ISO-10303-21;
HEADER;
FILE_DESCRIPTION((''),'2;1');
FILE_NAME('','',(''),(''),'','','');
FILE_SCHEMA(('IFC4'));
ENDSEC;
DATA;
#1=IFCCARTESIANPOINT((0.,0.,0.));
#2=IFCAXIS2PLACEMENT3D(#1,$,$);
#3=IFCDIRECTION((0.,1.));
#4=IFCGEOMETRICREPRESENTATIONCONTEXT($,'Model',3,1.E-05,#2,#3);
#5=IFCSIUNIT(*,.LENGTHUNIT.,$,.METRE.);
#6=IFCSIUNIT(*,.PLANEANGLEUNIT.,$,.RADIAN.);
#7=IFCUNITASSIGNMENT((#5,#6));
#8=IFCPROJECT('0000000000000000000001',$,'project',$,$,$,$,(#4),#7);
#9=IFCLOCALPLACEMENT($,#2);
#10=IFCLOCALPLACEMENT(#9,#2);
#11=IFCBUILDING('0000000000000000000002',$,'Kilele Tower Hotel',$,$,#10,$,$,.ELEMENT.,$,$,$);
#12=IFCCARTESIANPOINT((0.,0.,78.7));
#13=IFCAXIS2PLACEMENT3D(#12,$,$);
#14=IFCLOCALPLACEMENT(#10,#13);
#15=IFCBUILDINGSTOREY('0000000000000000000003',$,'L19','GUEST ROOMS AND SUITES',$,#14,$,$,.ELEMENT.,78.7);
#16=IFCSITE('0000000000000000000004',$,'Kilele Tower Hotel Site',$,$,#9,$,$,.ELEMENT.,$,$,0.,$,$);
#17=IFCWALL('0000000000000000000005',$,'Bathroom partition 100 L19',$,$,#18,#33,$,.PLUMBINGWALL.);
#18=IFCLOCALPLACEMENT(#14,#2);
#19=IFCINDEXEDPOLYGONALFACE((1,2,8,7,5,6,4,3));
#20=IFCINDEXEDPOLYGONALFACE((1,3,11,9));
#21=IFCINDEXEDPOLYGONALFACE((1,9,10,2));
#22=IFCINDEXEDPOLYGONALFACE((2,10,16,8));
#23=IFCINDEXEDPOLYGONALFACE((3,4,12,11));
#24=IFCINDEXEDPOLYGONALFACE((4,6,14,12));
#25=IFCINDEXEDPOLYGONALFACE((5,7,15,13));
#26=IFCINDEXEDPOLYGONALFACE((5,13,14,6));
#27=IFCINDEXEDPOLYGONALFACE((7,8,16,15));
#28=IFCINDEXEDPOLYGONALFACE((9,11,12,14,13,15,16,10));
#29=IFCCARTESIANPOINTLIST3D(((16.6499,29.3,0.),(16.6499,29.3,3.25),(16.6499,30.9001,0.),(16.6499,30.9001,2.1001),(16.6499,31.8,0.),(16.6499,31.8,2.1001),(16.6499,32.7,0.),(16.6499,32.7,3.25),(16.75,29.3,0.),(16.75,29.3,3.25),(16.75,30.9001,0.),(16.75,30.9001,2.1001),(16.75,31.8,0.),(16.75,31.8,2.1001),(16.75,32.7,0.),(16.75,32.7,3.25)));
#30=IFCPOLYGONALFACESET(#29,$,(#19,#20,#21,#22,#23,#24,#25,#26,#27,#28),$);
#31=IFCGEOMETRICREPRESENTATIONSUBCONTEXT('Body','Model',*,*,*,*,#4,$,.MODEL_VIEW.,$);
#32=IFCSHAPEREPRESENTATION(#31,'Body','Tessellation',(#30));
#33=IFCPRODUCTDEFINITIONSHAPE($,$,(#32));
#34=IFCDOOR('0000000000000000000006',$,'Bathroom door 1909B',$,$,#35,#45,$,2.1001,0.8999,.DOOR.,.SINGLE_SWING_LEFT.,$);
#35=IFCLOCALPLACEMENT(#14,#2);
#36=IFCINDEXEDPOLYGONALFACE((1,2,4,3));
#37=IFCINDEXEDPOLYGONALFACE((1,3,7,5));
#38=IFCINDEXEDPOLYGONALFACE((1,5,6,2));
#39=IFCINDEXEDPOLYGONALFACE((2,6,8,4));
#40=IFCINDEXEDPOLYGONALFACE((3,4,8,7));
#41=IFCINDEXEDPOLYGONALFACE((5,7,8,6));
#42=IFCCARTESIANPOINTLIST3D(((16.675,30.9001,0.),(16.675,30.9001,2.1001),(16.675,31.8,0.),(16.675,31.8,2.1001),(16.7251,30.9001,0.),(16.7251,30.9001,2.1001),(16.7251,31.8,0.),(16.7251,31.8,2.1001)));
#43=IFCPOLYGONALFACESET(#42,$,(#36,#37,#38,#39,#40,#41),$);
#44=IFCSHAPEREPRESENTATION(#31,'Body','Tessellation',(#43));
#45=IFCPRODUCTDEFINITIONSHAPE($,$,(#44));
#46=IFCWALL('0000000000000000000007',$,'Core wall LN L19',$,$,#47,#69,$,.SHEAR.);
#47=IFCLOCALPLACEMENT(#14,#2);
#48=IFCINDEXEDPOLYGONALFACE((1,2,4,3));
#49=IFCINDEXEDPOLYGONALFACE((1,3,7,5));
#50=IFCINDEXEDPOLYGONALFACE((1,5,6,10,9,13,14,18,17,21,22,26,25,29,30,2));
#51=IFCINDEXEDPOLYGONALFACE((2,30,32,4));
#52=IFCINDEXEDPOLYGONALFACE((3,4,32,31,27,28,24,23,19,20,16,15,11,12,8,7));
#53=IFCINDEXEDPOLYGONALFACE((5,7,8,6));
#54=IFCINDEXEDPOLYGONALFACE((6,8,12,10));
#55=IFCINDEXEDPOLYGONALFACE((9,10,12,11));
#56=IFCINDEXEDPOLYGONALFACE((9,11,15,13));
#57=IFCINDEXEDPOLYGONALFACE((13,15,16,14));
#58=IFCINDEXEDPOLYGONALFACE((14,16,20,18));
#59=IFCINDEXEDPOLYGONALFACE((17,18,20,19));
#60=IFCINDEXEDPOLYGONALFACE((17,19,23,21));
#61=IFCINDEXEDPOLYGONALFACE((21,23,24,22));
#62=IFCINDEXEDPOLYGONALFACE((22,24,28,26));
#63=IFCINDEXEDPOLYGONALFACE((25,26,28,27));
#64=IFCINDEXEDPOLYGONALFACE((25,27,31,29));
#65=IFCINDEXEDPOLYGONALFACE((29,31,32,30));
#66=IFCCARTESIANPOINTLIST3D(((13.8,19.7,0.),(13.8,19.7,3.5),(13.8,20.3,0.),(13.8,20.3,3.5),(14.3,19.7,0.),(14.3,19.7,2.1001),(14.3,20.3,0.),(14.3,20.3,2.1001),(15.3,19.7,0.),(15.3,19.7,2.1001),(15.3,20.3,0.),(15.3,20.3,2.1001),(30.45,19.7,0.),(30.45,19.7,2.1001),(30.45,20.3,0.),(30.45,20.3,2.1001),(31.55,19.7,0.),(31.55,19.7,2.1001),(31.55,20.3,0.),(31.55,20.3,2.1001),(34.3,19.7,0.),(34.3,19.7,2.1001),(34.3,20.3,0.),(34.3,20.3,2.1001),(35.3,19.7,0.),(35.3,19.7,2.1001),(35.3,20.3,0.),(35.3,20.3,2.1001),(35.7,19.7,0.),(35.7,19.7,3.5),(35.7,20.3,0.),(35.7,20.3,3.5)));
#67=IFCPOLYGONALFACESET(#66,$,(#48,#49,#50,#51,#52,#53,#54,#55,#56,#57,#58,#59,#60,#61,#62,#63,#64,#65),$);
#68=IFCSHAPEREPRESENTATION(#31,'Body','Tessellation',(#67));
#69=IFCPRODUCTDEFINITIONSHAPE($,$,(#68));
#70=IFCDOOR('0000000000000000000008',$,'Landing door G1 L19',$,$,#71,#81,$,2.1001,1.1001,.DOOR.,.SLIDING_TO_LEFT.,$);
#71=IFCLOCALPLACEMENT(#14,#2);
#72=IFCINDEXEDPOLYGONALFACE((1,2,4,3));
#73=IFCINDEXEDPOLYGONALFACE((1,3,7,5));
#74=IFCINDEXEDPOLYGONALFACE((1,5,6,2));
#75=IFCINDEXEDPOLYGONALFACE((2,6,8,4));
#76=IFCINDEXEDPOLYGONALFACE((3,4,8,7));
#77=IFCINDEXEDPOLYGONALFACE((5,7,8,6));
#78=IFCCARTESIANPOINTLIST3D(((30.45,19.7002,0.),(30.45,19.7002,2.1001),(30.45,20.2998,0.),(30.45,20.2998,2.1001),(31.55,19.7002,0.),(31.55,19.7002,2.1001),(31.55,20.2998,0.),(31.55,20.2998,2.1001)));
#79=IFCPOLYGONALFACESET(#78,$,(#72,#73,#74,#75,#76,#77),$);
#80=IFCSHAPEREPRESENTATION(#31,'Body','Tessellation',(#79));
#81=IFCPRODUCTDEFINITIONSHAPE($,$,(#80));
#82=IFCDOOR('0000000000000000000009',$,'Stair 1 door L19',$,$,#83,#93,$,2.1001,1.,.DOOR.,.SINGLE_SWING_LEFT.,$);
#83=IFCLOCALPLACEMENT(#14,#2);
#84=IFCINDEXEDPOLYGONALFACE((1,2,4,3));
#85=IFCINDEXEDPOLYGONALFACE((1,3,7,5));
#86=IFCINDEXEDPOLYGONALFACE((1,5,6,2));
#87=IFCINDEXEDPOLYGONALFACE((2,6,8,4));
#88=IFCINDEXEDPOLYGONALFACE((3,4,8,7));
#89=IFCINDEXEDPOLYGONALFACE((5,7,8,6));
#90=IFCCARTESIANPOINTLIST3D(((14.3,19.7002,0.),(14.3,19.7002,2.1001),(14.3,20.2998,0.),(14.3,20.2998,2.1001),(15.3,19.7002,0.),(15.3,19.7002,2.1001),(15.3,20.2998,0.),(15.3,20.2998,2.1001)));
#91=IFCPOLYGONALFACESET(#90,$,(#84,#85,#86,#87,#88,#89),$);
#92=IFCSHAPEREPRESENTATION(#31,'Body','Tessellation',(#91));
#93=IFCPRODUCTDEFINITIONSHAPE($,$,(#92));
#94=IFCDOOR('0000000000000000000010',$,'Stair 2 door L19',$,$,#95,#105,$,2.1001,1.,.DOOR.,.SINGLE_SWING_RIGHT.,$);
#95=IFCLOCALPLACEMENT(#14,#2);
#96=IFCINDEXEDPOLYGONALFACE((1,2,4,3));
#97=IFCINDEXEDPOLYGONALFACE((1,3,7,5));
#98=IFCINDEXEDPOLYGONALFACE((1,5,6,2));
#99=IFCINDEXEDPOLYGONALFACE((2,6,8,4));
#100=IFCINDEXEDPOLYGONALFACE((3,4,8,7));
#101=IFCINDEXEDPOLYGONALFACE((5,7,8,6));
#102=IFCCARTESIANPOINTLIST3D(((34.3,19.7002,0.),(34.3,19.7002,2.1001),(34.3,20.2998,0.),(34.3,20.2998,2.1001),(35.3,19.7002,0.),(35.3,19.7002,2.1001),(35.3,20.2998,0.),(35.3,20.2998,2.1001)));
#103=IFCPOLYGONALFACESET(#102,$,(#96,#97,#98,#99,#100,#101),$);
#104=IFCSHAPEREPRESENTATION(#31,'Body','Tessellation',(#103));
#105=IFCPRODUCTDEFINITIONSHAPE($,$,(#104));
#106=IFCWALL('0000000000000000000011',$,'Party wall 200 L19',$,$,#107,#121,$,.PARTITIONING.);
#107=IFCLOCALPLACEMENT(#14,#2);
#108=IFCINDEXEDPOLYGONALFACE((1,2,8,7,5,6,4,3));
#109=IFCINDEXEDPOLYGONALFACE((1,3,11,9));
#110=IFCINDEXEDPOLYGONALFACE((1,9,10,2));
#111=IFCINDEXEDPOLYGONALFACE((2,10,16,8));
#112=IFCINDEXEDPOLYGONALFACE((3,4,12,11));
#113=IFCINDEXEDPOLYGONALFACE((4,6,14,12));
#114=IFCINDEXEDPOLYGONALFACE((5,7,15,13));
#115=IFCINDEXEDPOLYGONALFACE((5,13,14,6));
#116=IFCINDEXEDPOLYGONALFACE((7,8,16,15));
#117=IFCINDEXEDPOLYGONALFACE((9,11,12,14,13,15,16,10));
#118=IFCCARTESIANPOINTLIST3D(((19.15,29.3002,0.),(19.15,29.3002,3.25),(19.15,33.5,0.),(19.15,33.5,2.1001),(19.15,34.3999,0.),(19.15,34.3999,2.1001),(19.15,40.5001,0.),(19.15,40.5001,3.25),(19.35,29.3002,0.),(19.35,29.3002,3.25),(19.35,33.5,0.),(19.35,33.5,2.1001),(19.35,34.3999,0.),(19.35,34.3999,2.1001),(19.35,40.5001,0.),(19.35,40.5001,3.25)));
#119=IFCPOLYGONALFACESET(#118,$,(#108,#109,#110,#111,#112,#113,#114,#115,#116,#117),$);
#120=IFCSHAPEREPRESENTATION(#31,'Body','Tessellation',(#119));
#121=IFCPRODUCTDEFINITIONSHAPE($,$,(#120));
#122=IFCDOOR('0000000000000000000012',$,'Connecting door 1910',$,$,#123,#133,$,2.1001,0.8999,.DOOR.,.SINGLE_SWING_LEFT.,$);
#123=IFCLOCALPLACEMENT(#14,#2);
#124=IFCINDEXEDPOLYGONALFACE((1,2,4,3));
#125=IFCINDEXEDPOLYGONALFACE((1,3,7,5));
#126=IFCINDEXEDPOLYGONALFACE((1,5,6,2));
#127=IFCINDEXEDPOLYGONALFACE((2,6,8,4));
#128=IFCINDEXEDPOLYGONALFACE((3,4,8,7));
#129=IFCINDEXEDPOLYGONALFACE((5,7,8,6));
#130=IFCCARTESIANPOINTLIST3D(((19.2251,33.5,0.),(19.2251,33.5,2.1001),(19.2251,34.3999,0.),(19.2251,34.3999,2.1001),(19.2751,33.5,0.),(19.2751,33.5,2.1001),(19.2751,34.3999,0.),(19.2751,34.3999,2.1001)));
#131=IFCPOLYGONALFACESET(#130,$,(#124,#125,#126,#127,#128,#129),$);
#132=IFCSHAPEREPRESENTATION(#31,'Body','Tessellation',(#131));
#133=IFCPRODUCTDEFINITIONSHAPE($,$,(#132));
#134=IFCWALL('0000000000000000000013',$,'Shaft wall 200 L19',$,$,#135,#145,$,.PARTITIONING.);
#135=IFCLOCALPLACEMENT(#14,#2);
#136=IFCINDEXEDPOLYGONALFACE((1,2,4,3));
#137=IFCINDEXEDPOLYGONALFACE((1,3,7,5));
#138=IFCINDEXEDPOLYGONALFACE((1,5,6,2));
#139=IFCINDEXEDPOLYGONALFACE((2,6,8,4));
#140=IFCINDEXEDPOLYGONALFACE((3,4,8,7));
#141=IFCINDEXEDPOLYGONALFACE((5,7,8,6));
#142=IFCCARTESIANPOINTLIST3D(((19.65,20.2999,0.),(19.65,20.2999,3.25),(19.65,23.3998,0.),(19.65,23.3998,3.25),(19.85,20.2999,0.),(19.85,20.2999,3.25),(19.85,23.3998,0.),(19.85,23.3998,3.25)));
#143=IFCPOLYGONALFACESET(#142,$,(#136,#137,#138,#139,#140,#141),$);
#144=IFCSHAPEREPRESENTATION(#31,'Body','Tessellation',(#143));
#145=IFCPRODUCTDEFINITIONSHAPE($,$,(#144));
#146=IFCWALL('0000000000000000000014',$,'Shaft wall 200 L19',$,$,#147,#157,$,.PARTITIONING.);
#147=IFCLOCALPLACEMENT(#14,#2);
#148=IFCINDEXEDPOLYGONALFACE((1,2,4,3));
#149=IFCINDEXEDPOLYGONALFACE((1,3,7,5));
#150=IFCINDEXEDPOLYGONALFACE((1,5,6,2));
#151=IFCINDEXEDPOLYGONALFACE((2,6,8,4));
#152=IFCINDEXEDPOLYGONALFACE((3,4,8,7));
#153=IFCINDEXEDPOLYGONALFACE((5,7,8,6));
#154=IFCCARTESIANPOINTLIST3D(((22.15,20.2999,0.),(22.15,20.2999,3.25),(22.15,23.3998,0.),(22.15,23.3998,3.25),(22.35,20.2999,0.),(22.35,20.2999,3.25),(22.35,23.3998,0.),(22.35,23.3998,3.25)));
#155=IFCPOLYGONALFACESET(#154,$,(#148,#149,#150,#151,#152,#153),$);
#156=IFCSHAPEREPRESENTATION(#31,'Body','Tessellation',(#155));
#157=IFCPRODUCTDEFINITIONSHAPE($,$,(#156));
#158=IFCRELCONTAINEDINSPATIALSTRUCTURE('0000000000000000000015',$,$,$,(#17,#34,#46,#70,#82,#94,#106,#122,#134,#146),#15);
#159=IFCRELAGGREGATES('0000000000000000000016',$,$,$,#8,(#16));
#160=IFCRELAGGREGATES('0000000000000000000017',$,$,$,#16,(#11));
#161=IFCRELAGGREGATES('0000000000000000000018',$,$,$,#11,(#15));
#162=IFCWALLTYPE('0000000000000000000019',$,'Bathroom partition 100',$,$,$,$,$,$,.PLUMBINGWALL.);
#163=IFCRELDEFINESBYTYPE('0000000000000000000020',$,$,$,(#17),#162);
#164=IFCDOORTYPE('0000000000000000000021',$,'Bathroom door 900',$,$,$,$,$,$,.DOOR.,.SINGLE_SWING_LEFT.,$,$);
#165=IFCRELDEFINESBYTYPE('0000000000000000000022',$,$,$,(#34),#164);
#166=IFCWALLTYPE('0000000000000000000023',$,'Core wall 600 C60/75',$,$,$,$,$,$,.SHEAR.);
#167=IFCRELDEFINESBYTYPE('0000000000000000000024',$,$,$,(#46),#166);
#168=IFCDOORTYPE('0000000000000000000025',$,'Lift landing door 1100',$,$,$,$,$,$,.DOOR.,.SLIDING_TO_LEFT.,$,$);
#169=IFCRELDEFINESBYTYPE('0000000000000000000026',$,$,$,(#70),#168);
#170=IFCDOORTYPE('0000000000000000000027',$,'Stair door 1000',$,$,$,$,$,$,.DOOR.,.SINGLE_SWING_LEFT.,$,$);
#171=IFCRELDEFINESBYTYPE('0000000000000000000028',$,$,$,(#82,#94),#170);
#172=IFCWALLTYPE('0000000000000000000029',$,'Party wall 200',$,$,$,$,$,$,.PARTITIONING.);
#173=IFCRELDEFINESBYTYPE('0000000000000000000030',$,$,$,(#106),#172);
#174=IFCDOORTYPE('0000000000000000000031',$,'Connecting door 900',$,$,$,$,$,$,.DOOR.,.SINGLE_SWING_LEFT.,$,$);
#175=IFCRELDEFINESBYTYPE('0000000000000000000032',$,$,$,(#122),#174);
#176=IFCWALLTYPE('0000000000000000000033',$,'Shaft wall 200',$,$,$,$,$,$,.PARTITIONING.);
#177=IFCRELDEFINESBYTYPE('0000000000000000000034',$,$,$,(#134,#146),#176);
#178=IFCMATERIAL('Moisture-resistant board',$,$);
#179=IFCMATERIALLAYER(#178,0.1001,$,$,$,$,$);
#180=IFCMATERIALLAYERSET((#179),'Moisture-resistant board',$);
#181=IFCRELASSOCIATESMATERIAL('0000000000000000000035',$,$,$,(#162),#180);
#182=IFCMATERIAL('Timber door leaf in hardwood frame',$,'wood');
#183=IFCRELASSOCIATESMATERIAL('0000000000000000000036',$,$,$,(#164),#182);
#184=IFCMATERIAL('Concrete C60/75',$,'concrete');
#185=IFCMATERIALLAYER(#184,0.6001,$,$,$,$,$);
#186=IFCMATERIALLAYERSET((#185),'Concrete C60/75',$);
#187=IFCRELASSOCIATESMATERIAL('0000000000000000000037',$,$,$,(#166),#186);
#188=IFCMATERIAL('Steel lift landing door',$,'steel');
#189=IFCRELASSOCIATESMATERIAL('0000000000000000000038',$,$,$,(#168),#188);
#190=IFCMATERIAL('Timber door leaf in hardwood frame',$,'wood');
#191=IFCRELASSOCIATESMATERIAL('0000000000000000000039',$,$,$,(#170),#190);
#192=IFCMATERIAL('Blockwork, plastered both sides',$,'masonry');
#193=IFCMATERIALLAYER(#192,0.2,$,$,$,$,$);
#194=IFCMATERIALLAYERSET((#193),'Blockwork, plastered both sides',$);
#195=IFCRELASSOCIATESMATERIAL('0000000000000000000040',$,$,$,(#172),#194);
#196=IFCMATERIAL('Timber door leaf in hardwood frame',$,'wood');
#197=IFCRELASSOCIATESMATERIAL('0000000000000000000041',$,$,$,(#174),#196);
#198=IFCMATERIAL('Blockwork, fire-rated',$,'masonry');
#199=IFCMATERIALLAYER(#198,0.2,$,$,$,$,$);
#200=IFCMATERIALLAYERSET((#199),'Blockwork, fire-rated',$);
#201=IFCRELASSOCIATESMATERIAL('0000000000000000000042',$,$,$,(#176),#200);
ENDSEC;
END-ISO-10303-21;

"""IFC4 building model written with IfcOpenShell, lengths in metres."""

from ifc_helpers import new_model, si_unit, direction, frame, frame_2d, origin, place, context, subcontext, project, spatial, rectangle, extrude, material, layer, layer_set, type_object, element, fill, save


model = new_model("IFC4")

# Units and contexts
model_context = context("Model", 3, precision=1e-05, world=origin(), true_north=direction((0.0, 1.0)))
body_context = subcontext(model_context, "Body", "Model", "MODEL_VIEW")
ifc_project = project(units=[si_unit("LENGTHUNIT", "METRE"), si_unit("PLANEANGLEUNIT", "RADIAN")], contexts=[model_context])

# Site, building, storey
site_placement = place(None, origin())
site = spatial("IfcSite", under=ifc_project, at=site_placement, Name="Kilele Tower Hotel Site", CompositionType="ELEMENT", RefElevation=0.0)
building_placement = place(site_placement, origin())
building = spatial("IfcBuilding", under=site, at=building_placement, Name="Kilele Tower Hotel", CompositionType="ELEMENT")
storey_placement = place(building_placement, frame((0.0, 0.0, 78.7)))
storey = spatial("IfcBuildingStorey", under=building, at=storey_placement, Name="L19", Description="GUEST ROOMS AND SUITES", CompositionType="ELEMENT", Elevation=78.7)

# Wall, opening, door
ifc_material_1 = material(Name="Moisture-resistant board")
ifc_layer_1 = layer(ifc_material_1, 0.1001)
ifc_layer_set_1 = layer_set([ifc_layer_1], Name="Moisture-resistant board")
wall_type_1 = type_object("IfcWallType", Name="Bathroom partition 100", PredefinedType="PLUMBINGWALL", material=ifc_layer_set_1)
wall_1_placement = place(storey_placement, frame((16.7, 29.3, 0.0), z_axis=(0.0, 0.0, 1.0), x_axis=(0.0, 1.0, 0.0)))
wall_1 = element("IfcWall", 1, at=wall_1_placement, inside=storey, type_object=wall_type_1, Name="Bathroom partition 100 L19", PredefinedType="PLUMBINGWALL", context=body_context, shape_type="SweptSolid", body=[
    extrude(rectangle(XDim=3.3999, YDim=0.1001, at=frame_2d((1.7, 0.0))), origin(), (0.0, 0.0, 1.0), 3.25),
])
opening_1_placement = place(wall_1_placement, frame((1.6001, 0.0, 0.0)))
opening_1 = element("IfcOpeningElement", 2, at=opening_1_placement, cuts=wall_1, PredefinedType="OPENING", context=body_context, shape_type="SweptSolid", body=[
    extrude(rectangle(XDim=0.8999, YDim=2.1001, at=frame_2d((0.45, 1.05))), frame((0.0, 0.0601, 0.0), z_axis=(0.0, -1.0, 0.0), x_axis=(1.0, 0.0, 0.0)), (0.0, 0.0, 1.0), 0.1201),
])
ifc_material_2 = material(Name="Timber door leaf in hardwood frame", Category="wood")
door_type_1 = type_object("IfcDoorType", Name="Bathroom door 900", OperationType="SINGLE_SWING_LEFT", PredefinedType="DOOR", material=ifc_material_2)
door_1_placement = place(opening_1_placement, origin())
door_1 = element("IfcDoor", 3, at=door_1_placement, inside=storey, type_object=door_type_1, Name="Bathroom door 1909B", OperationType="SINGLE_SWING_LEFT", OverallHeight=2.1001, OverallWidth=0.8999, PredefinedType="DOOR", context=body_context, shape_type="SweptSolid", body=[
    extrude(rectangle(XDim=0.8999, YDim=2.1001, at=frame_2d((0.45, 1.05))), frame((0.0, 0.0249, 0.0), z_axis=(0.0, -1.0, 0.0), x_axis=(1.0, 0.0, 0.0)), (0.0, 0.0, 1.0), 0.05),
])
fill(opening_1, door_1)

# Wall, openings, doors
ifc_material_3 = material(Name="Concrete C60/75", Category="concrete")
ifc_layer_2 = layer(ifc_material_3, 0.6001)
ifc_layer_set_2 = layer_set([ifc_layer_2], Name="Concrete C60/75")
wall_type_2 = type_object("IfcWallType", Name="Core wall 600 C60/75", PredefinedType="SHEAR", material=ifc_layer_set_2)
wall_2_placement = place(storey_placement, frame((13.8, 20.0, 0.0), z_axis=(0.0, 0.0, 1.0), x_axis=(1.0, 0.0, 0.0)))
wall_2 = element("IfcWall", 4, at=wall_2_placement, inside=storey, type_object=wall_type_2, Name="Core wall LN L19", PredefinedType="SHEAR", context=body_context, shape_type="SweptSolid", body=[
    extrude(rectangle(XDim=21.8999, YDim=0.6001, at=frame_2d((10.95, 0.0))), origin(), (0.0, 0.0, 1.0), 3.5),
])
opening_2_placement = place(wall_2_placement, frame((0.5, 0.0, 0.0)))
opening_2 = element("IfcOpeningElement", 5, at=opening_2_placement, cuts=wall_2, PredefinedType="OPENING", context=body_context, shape_type="SweptSolid", body=[
    extrude(rectangle(XDim=1.0, YDim=2.1001, at=frame_2d((0.5, 1.05))), frame((0.0, 0.3101, 0.0), z_axis=(0.0, -1.0, 0.0), x_axis=(1.0, 0.0, 0.0)), (0.0, 0.0, 1.0), 0.6201),
])
opening_3_placement = place(wall_2_placement, frame((20.5, 0.0, 0.0)))
opening_3 = element("IfcOpeningElement", 6, at=opening_3_placement, cuts=wall_2, PredefinedType="OPENING", context=body_context, shape_type="SweptSolid", body=[
    extrude(rectangle(XDim=1.0, YDim=2.1001, at=frame_2d((0.5, 1.05))), frame((0.0, 0.3101, 0.0), z_axis=(0.0, -1.0, 0.0), x_axis=(1.0, 0.0, 0.0)), (0.0, 0.0, 1.0), 0.6201),
])
opening_4_placement = place(wall_2_placement, frame((16.6499, 0.0, 0.0)))
opening_4 = element("IfcOpeningElement", 7, at=opening_4_placement, cuts=wall_2, PredefinedType="OPENING", context=body_context, shape_type="SweptSolid", body=[
    extrude(rectangle(XDim=1.1001, YDim=2.1001, at=frame_2d((0.55, 1.05))), frame((0.0, 0.3101, 0.0), z_axis=(0.0, -1.0, 0.0), x_axis=(1.0, 0.0, 0.0)), (0.0, 0.0, 1.0), 0.6201),
])
ifc_material_4 = material(Name="Steel lift landing door", Category="steel")
door_type_2 = type_object("IfcDoorType", Name="Lift landing door 1100", OperationType="SLIDING_TO_LEFT", PredefinedType="DOOR", material=ifc_material_4)
door_2_placement = place(opening_4_placement, origin())
door_2 = element("IfcDoor", 8, at=door_2_placement, inside=storey, type_object=door_type_2, Name="Landing door G1 L19", OperationType="SLIDING_TO_LEFT", OverallHeight=2.1001, OverallWidth=1.1001, PredefinedType="DOOR", context=body_context, shape_type="SweptSolid", body=[
    extrude(rectangle(XDim=1.1001, YDim=2.1001, at=frame_2d((0.55, 1.05))), frame((0.0, 0.2998, 0.0), z_axis=(0.0, -1.0, 0.0), x_axis=(1.0, 0.0, 0.0)), (0.0, 0.0, 1.0), 0.5996),
])
fill(opening_4, door_2)
ifc_material_5 = material(Name="Timber door leaf in hardwood frame", Category="wood")
door_type_3 = type_object("IfcDoorType", Name="Stair door 1000", OperationType="SINGLE_SWING_LEFT", PredefinedType="DOOR", material=ifc_material_5)
door_3_placement = place(opening_2_placement, origin())
door_3 = element("IfcDoor", 9, at=door_3_placement, inside=storey, type_object=door_type_3, Name="Stair 1 door L19", OperationType="SINGLE_SWING_LEFT", OverallHeight=2.1001, OverallWidth=1.0, PredefinedType="DOOR", context=body_context, shape_type="SweptSolid", body=[
    extrude(rectangle(XDim=1.0, YDim=2.1001, at=frame_2d((0.5, 1.05))), frame((0.0, 0.2998, 0.0), z_axis=(0.0, -1.0, 0.0), x_axis=(1.0, 0.0, 0.0)), (0.0, 0.0, 1.0), 0.5996),
])
fill(opening_2, door_3)
door_4_placement = place(opening_3_placement, origin())
door_4 = element("IfcDoor", 10, at=door_4_placement, inside=storey, type_object=door_type_3, Name="Stair 2 door L19", OperationType="SINGLE_SWING_RIGHT", OverallHeight=2.1001, OverallWidth=1.0, PredefinedType="DOOR", context=body_context, shape_type="SweptSolid", body=[
    extrude(rectangle(XDim=1.0, YDim=2.1001, at=frame_2d((0.5, 1.05))), frame((0.0, 0.2998, 0.0), z_axis=(0.0, -1.0, 0.0), x_axis=(1.0, 0.0, 0.0)), (0.0, 0.0, 1.0), 0.5996),
])
fill(opening_3, door_4)

# Wall, opening, door
ifc_material_6 = material(Name="Blockwork, plastered both sides", Category="masonry")
ifc_layer_3 = layer(ifc_material_6, 0.2)
ifc_layer_set_3 = layer_set([ifc_layer_3], Name="Blockwork, plastered both sides")
wall_type_3 = type_object("IfcWallType", Name="Party wall 200", PredefinedType="PARTITIONING", material=ifc_layer_set_3)
wall_3_placement = place(storey_placement, frame((19.25, 29.3, 0.0), z_axis=(0.0, 0.0, 1.0), x_axis=(0.0, 1.0, 0.0)))
wall_3 = element("IfcWall", 11, at=wall_3_placement, inside=storey, type_object=wall_type_3, Name="Party wall 200 L19", PredefinedType="PARTITIONING", context=body_context, shape_type="SweptSolid", body=[
    extrude(rectangle(XDim=11.2, YDim=0.2, at=frame_2d((5.6001, 0.0))), origin(), (0.0, 0.0, 1.0), 3.25),
])
opening_5_placement = place(wall_3_placement, frame((4.2, 0.0, 0.0)))
opening_5 = element("IfcOpeningElement", 12, at=opening_5_placement, cuts=wall_3, PredefinedType="OPENING", context=body_context, shape_type="SweptSolid", body=[
    extrude(rectangle(XDim=0.8999, YDim=2.1001, at=frame_2d((0.45, 1.05))), frame((0.0, 0.1099, 0.0), z_axis=(0.0, -1.0, 0.0), x_axis=(1.0, 0.0, 0.0)), (0.0, 0.0, 1.0), 0.22),
])
ifc_material_7 = material(Name="Timber door leaf in hardwood frame", Category="wood")
door_type_4 = type_object("IfcDoorType", Name="Connecting door 900", OperationType="SINGLE_SWING_LEFT", PredefinedType="DOOR", material=ifc_material_7)
door_5_placement = place(opening_5_placement, origin())
door_5 = element("IfcDoor", 13, at=door_5_placement, inside=storey, type_object=door_type_4, Name="Connecting door 1910", OperationType="SINGLE_SWING_LEFT", OverallHeight=2.1001, OverallWidth=0.8999, PredefinedType="DOOR", context=body_context, shape_type="SweptSolid", body=[
    extrude(rectangle(XDim=0.8999, YDim=2.1001, at=frame_2d((0.45, 1.05))), frame((0.0, 0.0249, 0.0), z_axis=(0.0, -1.0, 0.0), x_axis=(1.0, 0.0, 0.0)), (0.0, 0.0, 1.0), 0.05),
])
fill(opening_5, door_5)

# Walls
ifc_material_8 = material(Name="Blockwork, fire-rated", Category="masonry")
ifc_layer_4 = layer(ifc_material_8, 0.2)
ifc_layer_set_4 = layer_set([ifc_layer_4], Name="Blockwork, fire-rated")
wall_type_4 = type_object("IfcWallType", Name="Shaft wall 200", PredefinedType="PARTITIONING", material=ifc_layer_set_4)
for number, where, z_axis, x_axis, name in (
    (14, (19.75, 20.3, 0.0), (0.0, 0.0, 1.0), (0.0, 1.0, 0.0), "Shaft wall 200 L19"),
    (15, (22.25, 20.3, 0.0), (0.0, 0.0, 1.0), (0.0, 1.0, 0.0), "Shaft wall 200 L19"),
):
    element("IfcWall", number, at=place(storey_placement, frame(where, z_axis=z_axis, x_axis=x_axis)), inside=storey, type_object=wall_type_4, Name=name, PredefinedType="PARTITIONING", context=body_context, shape_type="SweptSolid", body=[
        extrude(rectangle(XDim=3.0999, YDim=0.2, at=frame_2d((1.5498, 0.0))), origin(), (0.0, 0.0, 1.0), 3.25),
    ])

save(model, "model.ifc")
